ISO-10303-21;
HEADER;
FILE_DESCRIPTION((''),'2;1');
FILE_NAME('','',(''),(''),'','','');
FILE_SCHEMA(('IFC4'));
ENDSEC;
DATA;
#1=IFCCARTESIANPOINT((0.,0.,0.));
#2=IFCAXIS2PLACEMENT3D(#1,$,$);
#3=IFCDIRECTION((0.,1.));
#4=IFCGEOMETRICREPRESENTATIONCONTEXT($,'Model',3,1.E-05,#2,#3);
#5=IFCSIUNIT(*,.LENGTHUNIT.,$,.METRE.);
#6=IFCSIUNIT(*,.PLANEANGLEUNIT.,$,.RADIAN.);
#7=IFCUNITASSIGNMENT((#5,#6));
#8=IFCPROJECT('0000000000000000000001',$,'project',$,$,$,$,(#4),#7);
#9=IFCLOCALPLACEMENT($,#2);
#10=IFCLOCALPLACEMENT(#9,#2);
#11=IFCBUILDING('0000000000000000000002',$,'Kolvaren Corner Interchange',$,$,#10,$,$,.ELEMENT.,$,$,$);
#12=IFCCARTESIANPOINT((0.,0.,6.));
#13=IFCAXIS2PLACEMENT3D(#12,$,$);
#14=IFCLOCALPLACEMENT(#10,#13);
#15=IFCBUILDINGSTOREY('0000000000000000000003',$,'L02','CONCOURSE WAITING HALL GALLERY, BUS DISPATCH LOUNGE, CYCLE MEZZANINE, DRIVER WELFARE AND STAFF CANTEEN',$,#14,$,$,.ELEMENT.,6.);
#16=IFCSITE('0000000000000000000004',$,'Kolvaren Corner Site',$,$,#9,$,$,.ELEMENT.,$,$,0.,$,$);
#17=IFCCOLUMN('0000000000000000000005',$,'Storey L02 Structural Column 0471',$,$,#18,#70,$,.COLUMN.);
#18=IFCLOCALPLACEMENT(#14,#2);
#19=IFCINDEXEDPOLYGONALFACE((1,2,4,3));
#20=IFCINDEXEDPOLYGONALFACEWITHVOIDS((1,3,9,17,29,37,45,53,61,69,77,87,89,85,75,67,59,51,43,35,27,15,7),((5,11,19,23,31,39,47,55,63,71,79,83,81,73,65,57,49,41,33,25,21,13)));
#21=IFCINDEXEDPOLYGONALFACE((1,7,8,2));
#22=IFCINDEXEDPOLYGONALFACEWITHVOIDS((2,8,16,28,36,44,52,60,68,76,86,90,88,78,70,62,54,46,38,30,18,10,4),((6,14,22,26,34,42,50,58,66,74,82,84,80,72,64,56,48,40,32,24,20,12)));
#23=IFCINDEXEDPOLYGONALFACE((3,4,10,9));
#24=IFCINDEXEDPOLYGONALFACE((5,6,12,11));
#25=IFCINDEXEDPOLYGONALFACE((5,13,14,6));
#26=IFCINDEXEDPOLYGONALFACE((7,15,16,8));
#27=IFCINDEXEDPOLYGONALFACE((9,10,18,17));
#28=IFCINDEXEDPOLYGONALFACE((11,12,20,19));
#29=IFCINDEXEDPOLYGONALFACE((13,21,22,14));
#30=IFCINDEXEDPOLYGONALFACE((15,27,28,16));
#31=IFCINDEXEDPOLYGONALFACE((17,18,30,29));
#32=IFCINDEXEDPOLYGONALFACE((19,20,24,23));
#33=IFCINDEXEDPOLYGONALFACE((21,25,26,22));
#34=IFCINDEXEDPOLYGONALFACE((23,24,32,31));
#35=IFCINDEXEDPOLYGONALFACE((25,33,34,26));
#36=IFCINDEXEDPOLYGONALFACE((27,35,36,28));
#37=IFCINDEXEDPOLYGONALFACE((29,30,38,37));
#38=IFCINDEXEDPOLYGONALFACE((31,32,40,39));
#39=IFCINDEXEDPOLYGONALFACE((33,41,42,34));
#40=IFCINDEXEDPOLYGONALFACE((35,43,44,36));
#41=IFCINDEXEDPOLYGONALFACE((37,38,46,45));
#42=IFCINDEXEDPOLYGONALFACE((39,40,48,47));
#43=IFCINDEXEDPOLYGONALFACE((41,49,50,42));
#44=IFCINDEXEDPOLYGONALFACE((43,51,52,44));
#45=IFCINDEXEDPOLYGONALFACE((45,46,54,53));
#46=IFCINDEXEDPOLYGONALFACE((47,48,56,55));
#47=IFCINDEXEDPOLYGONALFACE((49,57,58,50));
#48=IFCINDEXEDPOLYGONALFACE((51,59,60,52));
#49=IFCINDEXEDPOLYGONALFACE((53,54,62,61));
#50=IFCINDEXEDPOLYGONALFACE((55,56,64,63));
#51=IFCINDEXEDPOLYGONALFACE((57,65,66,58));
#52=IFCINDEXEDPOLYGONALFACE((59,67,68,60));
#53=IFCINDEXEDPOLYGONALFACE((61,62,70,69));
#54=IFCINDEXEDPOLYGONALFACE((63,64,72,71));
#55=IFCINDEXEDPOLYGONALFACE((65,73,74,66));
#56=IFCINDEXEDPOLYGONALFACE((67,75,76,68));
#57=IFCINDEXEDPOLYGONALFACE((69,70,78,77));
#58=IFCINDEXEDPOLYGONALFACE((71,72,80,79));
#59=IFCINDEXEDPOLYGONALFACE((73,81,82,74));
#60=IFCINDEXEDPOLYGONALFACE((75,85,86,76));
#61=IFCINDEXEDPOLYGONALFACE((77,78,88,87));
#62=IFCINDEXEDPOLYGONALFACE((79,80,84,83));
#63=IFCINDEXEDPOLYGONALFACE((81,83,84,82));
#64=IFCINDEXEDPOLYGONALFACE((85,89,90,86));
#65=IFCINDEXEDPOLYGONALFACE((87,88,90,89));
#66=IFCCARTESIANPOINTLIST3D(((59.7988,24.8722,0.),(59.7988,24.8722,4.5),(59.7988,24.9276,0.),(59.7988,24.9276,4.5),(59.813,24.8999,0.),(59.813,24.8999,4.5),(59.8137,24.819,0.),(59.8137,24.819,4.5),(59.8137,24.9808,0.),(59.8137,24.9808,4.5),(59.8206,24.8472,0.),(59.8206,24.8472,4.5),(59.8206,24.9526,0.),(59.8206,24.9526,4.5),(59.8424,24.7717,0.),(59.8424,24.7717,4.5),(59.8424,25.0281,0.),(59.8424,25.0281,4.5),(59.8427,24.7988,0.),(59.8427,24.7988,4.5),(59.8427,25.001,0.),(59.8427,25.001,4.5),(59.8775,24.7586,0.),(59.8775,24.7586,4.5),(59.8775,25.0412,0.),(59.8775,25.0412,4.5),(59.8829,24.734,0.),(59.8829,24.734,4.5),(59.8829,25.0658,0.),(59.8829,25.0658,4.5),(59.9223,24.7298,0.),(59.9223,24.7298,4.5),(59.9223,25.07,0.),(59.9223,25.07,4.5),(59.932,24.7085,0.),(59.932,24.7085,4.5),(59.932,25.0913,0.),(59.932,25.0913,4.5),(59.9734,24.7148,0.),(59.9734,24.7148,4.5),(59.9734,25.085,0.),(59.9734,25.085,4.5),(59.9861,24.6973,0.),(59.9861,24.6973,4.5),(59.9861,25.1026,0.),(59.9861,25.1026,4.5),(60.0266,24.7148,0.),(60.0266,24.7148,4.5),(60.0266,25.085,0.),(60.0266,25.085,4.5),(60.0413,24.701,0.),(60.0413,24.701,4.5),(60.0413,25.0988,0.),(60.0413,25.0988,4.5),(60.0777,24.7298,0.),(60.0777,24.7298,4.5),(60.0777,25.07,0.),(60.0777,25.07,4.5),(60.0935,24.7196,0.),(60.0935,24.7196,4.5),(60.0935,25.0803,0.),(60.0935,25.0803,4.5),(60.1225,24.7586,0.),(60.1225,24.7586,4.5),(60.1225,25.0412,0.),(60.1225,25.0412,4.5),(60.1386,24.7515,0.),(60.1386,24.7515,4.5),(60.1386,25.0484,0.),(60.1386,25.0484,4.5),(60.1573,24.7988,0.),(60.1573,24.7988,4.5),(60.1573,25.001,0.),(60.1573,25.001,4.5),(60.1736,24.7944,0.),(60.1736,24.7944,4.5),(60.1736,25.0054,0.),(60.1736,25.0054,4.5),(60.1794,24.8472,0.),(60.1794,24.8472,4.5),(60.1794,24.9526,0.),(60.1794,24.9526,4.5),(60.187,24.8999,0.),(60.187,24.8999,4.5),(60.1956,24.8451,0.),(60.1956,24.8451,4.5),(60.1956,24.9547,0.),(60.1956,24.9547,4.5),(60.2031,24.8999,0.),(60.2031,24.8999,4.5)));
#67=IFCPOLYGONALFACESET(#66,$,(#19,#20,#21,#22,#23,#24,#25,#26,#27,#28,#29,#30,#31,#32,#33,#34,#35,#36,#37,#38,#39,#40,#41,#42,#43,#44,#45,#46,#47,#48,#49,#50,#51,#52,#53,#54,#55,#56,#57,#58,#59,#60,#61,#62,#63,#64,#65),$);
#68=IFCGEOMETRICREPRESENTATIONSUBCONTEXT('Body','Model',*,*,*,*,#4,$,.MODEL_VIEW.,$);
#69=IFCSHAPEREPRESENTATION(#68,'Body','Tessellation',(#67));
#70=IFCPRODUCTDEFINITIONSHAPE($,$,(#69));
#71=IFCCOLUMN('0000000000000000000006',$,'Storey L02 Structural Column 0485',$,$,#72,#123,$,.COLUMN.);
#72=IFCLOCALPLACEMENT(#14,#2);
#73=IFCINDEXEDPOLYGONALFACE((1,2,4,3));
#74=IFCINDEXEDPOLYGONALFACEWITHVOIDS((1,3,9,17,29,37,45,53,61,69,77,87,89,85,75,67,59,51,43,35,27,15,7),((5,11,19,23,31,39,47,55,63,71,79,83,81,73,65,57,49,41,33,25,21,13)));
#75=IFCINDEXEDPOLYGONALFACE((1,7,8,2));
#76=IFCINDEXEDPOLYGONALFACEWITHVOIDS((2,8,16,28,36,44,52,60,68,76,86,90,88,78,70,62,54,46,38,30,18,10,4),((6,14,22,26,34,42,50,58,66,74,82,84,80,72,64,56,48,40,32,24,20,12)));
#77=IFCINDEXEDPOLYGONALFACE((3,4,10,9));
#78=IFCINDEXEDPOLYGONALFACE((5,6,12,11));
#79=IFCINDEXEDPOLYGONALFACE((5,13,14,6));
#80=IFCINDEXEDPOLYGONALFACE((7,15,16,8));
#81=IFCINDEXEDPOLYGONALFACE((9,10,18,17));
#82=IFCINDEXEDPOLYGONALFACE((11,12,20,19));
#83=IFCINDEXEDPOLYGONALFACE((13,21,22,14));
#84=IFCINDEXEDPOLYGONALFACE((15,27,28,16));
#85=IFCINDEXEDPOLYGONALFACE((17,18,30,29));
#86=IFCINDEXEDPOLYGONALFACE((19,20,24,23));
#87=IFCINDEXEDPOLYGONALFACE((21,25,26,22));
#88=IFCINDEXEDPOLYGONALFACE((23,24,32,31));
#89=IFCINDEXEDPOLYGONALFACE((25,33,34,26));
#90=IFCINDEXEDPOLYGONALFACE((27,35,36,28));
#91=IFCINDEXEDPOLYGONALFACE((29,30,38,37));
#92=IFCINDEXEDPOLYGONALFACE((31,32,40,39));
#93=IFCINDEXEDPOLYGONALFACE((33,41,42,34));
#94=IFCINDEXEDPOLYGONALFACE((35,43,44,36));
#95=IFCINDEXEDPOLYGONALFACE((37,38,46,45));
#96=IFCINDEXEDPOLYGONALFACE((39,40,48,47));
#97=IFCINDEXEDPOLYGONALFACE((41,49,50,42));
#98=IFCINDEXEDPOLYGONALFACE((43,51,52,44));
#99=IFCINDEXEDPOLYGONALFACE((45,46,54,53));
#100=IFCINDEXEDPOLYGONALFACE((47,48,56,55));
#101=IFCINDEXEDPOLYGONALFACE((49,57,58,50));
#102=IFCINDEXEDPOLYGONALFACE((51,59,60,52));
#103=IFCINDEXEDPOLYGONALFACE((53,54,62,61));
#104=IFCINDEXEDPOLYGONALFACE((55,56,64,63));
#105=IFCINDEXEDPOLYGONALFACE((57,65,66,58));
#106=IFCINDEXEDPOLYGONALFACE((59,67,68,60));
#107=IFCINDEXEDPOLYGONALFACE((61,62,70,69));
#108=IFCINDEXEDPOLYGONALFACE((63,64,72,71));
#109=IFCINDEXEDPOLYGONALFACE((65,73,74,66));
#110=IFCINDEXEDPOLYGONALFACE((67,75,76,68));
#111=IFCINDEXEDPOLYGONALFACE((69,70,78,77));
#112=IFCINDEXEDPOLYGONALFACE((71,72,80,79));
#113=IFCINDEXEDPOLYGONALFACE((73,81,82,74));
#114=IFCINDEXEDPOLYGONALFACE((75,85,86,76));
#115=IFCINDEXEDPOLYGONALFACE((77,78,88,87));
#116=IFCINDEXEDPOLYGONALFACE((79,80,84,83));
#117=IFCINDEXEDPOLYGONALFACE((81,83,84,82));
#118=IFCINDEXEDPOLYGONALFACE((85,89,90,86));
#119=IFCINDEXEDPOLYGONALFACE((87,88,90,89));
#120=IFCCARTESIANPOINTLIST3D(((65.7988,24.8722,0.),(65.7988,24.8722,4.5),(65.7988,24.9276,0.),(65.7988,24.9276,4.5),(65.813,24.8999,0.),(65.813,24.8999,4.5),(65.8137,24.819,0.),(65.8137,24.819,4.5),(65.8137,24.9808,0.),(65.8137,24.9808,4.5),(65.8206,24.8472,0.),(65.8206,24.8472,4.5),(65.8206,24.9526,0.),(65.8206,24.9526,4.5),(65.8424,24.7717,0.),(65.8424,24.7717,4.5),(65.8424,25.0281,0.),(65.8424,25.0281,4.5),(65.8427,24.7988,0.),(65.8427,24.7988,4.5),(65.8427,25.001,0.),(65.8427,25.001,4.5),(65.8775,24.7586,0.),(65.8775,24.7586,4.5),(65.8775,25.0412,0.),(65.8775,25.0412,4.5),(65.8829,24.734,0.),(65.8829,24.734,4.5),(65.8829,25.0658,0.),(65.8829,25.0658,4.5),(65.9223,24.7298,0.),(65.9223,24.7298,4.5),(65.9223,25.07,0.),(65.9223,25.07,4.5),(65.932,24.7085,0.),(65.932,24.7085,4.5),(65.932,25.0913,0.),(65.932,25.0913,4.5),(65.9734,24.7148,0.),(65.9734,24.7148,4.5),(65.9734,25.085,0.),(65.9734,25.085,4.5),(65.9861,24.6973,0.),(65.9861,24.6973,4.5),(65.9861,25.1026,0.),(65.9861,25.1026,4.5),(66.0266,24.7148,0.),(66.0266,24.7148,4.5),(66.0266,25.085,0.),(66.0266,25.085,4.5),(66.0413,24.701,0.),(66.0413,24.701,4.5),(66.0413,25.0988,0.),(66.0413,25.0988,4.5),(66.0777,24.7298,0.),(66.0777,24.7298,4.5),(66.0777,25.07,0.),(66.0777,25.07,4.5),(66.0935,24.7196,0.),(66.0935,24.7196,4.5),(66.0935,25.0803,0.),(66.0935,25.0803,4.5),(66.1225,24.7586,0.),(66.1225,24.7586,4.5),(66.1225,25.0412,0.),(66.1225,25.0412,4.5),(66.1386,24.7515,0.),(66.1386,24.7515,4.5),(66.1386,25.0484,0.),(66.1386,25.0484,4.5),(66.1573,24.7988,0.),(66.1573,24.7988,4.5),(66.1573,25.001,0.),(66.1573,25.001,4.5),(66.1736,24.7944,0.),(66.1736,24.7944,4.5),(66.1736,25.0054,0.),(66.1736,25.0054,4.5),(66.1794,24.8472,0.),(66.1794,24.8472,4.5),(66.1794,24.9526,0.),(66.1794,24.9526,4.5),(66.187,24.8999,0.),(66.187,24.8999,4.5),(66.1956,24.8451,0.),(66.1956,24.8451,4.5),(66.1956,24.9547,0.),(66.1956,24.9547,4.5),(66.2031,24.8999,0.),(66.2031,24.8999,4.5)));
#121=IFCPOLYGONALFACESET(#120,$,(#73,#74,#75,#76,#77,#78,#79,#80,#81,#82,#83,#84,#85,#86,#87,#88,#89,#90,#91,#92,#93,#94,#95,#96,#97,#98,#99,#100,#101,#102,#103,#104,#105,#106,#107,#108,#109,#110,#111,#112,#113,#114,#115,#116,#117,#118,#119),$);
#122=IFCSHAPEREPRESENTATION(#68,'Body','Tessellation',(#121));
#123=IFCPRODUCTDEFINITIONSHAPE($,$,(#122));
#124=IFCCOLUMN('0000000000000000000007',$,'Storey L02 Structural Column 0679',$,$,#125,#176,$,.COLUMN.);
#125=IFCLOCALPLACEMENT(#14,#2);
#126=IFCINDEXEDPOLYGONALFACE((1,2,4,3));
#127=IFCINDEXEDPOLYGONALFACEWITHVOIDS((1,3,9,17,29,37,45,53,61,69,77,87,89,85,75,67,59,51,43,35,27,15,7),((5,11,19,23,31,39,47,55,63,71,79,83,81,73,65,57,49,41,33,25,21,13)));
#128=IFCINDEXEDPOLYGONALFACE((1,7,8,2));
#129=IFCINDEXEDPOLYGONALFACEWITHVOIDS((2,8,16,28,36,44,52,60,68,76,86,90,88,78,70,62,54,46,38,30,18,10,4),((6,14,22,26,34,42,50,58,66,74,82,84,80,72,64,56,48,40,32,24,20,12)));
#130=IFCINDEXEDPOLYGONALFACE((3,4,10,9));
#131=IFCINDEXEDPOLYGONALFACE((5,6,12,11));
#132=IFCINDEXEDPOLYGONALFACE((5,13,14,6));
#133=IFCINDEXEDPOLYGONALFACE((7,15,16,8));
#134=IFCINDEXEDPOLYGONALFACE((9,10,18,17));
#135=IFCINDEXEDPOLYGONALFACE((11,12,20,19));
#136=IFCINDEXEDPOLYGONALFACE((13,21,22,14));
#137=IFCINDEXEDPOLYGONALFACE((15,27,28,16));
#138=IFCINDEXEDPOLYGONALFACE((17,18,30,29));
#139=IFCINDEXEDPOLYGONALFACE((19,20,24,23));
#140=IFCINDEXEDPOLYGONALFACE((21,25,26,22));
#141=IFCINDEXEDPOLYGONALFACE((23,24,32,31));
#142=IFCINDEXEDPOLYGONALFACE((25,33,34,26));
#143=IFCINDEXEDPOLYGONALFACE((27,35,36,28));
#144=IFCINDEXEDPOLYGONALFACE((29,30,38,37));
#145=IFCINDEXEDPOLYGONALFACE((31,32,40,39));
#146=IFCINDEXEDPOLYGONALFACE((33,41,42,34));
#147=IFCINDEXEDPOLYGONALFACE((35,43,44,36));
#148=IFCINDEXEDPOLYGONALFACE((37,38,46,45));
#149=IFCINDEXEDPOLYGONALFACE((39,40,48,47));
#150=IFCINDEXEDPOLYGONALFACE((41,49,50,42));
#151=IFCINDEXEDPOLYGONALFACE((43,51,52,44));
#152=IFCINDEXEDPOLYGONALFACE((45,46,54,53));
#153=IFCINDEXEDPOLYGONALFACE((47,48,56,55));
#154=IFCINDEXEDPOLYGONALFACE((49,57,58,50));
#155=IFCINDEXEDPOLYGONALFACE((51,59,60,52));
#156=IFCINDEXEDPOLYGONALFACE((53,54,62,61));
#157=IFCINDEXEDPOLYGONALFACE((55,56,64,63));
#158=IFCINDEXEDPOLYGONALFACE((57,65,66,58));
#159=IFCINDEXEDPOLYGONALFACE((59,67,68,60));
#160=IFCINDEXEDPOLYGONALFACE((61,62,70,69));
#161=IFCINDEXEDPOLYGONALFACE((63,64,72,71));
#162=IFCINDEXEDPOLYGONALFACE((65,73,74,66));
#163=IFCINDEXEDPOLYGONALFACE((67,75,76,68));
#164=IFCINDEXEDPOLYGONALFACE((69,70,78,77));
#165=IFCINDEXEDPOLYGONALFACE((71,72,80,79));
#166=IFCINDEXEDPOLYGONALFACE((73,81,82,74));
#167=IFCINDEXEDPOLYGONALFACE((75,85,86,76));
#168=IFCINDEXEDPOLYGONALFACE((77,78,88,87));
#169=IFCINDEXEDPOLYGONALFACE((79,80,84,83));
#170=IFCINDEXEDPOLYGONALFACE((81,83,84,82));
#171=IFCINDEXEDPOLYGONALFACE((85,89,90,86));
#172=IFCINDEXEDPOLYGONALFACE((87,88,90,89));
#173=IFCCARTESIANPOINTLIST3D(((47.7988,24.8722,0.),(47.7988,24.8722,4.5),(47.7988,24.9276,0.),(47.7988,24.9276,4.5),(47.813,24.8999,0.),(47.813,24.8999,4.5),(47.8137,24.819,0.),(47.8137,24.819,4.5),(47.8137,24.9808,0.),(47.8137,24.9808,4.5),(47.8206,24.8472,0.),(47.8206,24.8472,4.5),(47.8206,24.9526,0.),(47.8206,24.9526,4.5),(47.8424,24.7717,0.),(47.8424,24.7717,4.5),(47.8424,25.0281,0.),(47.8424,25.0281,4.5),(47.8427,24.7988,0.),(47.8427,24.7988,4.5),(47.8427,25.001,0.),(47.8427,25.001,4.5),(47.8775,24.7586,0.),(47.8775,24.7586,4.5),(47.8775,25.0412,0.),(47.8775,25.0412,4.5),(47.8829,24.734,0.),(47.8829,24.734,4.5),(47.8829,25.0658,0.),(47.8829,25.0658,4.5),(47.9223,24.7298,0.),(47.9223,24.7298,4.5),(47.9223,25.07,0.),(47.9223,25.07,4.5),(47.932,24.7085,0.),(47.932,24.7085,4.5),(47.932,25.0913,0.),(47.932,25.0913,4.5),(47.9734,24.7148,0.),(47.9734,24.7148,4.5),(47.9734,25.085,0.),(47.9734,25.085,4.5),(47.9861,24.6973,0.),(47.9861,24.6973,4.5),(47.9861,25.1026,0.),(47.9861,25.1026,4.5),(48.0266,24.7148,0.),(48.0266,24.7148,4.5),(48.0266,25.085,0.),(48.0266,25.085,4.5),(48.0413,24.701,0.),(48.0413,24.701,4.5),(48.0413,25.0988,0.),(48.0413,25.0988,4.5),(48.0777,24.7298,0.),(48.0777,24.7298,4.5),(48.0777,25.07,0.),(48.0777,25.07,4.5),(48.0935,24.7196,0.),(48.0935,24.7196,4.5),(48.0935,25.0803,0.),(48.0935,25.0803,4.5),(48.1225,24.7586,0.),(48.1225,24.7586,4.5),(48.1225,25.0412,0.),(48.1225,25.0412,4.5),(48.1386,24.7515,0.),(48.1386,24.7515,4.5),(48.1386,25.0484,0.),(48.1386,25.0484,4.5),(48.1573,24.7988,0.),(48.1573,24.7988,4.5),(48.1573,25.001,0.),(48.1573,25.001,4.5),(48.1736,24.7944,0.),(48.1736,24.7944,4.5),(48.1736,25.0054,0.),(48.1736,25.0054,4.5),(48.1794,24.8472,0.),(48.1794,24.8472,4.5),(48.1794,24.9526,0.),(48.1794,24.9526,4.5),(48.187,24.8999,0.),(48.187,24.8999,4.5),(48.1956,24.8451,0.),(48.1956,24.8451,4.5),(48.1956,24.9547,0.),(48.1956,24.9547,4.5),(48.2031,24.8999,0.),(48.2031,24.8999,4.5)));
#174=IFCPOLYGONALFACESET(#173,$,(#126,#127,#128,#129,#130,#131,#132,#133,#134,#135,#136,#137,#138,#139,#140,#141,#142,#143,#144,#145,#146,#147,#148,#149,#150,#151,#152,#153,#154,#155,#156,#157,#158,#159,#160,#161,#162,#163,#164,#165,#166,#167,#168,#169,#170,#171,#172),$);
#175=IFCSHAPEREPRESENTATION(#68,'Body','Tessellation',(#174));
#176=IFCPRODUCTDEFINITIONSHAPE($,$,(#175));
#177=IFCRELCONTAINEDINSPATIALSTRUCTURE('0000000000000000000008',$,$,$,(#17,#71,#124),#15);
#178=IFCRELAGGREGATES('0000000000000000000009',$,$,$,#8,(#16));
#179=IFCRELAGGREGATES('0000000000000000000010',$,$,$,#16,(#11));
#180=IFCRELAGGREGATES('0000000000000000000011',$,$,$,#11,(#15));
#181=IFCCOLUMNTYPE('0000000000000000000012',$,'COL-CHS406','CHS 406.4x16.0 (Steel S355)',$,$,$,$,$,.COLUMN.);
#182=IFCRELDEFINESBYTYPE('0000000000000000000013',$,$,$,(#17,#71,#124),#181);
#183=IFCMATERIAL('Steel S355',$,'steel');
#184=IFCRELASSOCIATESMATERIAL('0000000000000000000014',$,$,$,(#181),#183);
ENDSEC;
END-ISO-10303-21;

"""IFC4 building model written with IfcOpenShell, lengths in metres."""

from ifc_helpers import new_model, si_unit, direction, frame, origin, origin_2d, place, context, subcontext, project, spatial, hollow_circle, extrude, material, material_profile, profile_set, type_object, element, save


model = new_model("IFC4")

# Units and contexts
model_context = context("Model", 3, precision=1e-05, world=origin(), true_north=direction((0.0, 1.0)))
body_context = subcontext(model_context, "Body", "Model", "MODEL_VIEW")
ifc_project = project(units=[si_unit("LENGTHUNIT", "METRE"), si_unit("PLANEANGLEUNIT", "RADIAN")], contexts=[model_context])

# Site, building, storey
site_placement = place(None, origin())
site = spatial("IfcSite", under=ifc_project, at=site_placement, Name="Kolvaren Corner Site", CompositionType="ELEMENT", RefElevation=0.0)
building_placement = place(site_placement, origin())
building = spatial("IfcBuilding", under=site, at=building_placement, Name="Kolvaren Corner Interchange", CompositionType="ELEMENT")
storey_placement = place(building_placement, frame((0.0, 0.0, 6.0)))
storey = spatial("IfcBuildingStorey", under=building, at=storey_placement, Name="L02", Description="CONCOURSE WAITING HALL GALLERY, BUS DISPATCH LOUNGE, CYCLE MEZZANINE, DRIVER WELFARE AND STAFF CANTEEN", CompositionType="ELEMENT", Elevation=6.0)

# Columns
ifc_material_1 = material(Name="Steel S355", Category="steel")
ifc_material_profile_1 = material_profile(ifc_material_1, hollow_circle(Radius=0.2031, WallThickness=0.0161, at=origin_2d()), Name="CHS 406.4x16.0")
ifc_profile_set_1 = profile_set([ifc_material_profile_1], Name="Steel S355")
column_type_1 = type_object("IfcColumnType", Name="COL-CHS406", Description="CHS 406.4x16.0 (Steel S355)", PredefinedType="COLUMN", material=ifc_profile_set_1)
for number, where, z_axis, x_axis, name in (
    (1, (60.0, 24.8999, 0.0), (0.0, 0.0, 1.0), (1.0, 0.0, 0.0), "Storey L02 Structural Column 0471"),
    (2, (66.0, 24.8999, 0.0), (0.0, 0.0, 1.0), (1.0, 0.0, 0.0), "Storey L02 Structural Column 0485"),
    (3, (48.0, 24.8999, 0.0), (0.0, 0.0, 1.0), (1.0, 0.0, 0.0), "Storey L02 Structural Column 0679"),
):
    element("IfcColumn", number, at=place(storey_placement, frame(where, z_axis=z_axis, x_axis=x_axis)), inside=storey, type_object=column_type_1, Name=name, PredefinedType="COLUMN", context=body_context, shape_type="SweptSolid", body=[
        extrude(hollow_circle(Radius=0.2031, WallThickness=0.0161, at=origin_2d()), origin(), (0.0, 0.0, 1.0), 4.5),
    ])

save(model, "model.ifc")
